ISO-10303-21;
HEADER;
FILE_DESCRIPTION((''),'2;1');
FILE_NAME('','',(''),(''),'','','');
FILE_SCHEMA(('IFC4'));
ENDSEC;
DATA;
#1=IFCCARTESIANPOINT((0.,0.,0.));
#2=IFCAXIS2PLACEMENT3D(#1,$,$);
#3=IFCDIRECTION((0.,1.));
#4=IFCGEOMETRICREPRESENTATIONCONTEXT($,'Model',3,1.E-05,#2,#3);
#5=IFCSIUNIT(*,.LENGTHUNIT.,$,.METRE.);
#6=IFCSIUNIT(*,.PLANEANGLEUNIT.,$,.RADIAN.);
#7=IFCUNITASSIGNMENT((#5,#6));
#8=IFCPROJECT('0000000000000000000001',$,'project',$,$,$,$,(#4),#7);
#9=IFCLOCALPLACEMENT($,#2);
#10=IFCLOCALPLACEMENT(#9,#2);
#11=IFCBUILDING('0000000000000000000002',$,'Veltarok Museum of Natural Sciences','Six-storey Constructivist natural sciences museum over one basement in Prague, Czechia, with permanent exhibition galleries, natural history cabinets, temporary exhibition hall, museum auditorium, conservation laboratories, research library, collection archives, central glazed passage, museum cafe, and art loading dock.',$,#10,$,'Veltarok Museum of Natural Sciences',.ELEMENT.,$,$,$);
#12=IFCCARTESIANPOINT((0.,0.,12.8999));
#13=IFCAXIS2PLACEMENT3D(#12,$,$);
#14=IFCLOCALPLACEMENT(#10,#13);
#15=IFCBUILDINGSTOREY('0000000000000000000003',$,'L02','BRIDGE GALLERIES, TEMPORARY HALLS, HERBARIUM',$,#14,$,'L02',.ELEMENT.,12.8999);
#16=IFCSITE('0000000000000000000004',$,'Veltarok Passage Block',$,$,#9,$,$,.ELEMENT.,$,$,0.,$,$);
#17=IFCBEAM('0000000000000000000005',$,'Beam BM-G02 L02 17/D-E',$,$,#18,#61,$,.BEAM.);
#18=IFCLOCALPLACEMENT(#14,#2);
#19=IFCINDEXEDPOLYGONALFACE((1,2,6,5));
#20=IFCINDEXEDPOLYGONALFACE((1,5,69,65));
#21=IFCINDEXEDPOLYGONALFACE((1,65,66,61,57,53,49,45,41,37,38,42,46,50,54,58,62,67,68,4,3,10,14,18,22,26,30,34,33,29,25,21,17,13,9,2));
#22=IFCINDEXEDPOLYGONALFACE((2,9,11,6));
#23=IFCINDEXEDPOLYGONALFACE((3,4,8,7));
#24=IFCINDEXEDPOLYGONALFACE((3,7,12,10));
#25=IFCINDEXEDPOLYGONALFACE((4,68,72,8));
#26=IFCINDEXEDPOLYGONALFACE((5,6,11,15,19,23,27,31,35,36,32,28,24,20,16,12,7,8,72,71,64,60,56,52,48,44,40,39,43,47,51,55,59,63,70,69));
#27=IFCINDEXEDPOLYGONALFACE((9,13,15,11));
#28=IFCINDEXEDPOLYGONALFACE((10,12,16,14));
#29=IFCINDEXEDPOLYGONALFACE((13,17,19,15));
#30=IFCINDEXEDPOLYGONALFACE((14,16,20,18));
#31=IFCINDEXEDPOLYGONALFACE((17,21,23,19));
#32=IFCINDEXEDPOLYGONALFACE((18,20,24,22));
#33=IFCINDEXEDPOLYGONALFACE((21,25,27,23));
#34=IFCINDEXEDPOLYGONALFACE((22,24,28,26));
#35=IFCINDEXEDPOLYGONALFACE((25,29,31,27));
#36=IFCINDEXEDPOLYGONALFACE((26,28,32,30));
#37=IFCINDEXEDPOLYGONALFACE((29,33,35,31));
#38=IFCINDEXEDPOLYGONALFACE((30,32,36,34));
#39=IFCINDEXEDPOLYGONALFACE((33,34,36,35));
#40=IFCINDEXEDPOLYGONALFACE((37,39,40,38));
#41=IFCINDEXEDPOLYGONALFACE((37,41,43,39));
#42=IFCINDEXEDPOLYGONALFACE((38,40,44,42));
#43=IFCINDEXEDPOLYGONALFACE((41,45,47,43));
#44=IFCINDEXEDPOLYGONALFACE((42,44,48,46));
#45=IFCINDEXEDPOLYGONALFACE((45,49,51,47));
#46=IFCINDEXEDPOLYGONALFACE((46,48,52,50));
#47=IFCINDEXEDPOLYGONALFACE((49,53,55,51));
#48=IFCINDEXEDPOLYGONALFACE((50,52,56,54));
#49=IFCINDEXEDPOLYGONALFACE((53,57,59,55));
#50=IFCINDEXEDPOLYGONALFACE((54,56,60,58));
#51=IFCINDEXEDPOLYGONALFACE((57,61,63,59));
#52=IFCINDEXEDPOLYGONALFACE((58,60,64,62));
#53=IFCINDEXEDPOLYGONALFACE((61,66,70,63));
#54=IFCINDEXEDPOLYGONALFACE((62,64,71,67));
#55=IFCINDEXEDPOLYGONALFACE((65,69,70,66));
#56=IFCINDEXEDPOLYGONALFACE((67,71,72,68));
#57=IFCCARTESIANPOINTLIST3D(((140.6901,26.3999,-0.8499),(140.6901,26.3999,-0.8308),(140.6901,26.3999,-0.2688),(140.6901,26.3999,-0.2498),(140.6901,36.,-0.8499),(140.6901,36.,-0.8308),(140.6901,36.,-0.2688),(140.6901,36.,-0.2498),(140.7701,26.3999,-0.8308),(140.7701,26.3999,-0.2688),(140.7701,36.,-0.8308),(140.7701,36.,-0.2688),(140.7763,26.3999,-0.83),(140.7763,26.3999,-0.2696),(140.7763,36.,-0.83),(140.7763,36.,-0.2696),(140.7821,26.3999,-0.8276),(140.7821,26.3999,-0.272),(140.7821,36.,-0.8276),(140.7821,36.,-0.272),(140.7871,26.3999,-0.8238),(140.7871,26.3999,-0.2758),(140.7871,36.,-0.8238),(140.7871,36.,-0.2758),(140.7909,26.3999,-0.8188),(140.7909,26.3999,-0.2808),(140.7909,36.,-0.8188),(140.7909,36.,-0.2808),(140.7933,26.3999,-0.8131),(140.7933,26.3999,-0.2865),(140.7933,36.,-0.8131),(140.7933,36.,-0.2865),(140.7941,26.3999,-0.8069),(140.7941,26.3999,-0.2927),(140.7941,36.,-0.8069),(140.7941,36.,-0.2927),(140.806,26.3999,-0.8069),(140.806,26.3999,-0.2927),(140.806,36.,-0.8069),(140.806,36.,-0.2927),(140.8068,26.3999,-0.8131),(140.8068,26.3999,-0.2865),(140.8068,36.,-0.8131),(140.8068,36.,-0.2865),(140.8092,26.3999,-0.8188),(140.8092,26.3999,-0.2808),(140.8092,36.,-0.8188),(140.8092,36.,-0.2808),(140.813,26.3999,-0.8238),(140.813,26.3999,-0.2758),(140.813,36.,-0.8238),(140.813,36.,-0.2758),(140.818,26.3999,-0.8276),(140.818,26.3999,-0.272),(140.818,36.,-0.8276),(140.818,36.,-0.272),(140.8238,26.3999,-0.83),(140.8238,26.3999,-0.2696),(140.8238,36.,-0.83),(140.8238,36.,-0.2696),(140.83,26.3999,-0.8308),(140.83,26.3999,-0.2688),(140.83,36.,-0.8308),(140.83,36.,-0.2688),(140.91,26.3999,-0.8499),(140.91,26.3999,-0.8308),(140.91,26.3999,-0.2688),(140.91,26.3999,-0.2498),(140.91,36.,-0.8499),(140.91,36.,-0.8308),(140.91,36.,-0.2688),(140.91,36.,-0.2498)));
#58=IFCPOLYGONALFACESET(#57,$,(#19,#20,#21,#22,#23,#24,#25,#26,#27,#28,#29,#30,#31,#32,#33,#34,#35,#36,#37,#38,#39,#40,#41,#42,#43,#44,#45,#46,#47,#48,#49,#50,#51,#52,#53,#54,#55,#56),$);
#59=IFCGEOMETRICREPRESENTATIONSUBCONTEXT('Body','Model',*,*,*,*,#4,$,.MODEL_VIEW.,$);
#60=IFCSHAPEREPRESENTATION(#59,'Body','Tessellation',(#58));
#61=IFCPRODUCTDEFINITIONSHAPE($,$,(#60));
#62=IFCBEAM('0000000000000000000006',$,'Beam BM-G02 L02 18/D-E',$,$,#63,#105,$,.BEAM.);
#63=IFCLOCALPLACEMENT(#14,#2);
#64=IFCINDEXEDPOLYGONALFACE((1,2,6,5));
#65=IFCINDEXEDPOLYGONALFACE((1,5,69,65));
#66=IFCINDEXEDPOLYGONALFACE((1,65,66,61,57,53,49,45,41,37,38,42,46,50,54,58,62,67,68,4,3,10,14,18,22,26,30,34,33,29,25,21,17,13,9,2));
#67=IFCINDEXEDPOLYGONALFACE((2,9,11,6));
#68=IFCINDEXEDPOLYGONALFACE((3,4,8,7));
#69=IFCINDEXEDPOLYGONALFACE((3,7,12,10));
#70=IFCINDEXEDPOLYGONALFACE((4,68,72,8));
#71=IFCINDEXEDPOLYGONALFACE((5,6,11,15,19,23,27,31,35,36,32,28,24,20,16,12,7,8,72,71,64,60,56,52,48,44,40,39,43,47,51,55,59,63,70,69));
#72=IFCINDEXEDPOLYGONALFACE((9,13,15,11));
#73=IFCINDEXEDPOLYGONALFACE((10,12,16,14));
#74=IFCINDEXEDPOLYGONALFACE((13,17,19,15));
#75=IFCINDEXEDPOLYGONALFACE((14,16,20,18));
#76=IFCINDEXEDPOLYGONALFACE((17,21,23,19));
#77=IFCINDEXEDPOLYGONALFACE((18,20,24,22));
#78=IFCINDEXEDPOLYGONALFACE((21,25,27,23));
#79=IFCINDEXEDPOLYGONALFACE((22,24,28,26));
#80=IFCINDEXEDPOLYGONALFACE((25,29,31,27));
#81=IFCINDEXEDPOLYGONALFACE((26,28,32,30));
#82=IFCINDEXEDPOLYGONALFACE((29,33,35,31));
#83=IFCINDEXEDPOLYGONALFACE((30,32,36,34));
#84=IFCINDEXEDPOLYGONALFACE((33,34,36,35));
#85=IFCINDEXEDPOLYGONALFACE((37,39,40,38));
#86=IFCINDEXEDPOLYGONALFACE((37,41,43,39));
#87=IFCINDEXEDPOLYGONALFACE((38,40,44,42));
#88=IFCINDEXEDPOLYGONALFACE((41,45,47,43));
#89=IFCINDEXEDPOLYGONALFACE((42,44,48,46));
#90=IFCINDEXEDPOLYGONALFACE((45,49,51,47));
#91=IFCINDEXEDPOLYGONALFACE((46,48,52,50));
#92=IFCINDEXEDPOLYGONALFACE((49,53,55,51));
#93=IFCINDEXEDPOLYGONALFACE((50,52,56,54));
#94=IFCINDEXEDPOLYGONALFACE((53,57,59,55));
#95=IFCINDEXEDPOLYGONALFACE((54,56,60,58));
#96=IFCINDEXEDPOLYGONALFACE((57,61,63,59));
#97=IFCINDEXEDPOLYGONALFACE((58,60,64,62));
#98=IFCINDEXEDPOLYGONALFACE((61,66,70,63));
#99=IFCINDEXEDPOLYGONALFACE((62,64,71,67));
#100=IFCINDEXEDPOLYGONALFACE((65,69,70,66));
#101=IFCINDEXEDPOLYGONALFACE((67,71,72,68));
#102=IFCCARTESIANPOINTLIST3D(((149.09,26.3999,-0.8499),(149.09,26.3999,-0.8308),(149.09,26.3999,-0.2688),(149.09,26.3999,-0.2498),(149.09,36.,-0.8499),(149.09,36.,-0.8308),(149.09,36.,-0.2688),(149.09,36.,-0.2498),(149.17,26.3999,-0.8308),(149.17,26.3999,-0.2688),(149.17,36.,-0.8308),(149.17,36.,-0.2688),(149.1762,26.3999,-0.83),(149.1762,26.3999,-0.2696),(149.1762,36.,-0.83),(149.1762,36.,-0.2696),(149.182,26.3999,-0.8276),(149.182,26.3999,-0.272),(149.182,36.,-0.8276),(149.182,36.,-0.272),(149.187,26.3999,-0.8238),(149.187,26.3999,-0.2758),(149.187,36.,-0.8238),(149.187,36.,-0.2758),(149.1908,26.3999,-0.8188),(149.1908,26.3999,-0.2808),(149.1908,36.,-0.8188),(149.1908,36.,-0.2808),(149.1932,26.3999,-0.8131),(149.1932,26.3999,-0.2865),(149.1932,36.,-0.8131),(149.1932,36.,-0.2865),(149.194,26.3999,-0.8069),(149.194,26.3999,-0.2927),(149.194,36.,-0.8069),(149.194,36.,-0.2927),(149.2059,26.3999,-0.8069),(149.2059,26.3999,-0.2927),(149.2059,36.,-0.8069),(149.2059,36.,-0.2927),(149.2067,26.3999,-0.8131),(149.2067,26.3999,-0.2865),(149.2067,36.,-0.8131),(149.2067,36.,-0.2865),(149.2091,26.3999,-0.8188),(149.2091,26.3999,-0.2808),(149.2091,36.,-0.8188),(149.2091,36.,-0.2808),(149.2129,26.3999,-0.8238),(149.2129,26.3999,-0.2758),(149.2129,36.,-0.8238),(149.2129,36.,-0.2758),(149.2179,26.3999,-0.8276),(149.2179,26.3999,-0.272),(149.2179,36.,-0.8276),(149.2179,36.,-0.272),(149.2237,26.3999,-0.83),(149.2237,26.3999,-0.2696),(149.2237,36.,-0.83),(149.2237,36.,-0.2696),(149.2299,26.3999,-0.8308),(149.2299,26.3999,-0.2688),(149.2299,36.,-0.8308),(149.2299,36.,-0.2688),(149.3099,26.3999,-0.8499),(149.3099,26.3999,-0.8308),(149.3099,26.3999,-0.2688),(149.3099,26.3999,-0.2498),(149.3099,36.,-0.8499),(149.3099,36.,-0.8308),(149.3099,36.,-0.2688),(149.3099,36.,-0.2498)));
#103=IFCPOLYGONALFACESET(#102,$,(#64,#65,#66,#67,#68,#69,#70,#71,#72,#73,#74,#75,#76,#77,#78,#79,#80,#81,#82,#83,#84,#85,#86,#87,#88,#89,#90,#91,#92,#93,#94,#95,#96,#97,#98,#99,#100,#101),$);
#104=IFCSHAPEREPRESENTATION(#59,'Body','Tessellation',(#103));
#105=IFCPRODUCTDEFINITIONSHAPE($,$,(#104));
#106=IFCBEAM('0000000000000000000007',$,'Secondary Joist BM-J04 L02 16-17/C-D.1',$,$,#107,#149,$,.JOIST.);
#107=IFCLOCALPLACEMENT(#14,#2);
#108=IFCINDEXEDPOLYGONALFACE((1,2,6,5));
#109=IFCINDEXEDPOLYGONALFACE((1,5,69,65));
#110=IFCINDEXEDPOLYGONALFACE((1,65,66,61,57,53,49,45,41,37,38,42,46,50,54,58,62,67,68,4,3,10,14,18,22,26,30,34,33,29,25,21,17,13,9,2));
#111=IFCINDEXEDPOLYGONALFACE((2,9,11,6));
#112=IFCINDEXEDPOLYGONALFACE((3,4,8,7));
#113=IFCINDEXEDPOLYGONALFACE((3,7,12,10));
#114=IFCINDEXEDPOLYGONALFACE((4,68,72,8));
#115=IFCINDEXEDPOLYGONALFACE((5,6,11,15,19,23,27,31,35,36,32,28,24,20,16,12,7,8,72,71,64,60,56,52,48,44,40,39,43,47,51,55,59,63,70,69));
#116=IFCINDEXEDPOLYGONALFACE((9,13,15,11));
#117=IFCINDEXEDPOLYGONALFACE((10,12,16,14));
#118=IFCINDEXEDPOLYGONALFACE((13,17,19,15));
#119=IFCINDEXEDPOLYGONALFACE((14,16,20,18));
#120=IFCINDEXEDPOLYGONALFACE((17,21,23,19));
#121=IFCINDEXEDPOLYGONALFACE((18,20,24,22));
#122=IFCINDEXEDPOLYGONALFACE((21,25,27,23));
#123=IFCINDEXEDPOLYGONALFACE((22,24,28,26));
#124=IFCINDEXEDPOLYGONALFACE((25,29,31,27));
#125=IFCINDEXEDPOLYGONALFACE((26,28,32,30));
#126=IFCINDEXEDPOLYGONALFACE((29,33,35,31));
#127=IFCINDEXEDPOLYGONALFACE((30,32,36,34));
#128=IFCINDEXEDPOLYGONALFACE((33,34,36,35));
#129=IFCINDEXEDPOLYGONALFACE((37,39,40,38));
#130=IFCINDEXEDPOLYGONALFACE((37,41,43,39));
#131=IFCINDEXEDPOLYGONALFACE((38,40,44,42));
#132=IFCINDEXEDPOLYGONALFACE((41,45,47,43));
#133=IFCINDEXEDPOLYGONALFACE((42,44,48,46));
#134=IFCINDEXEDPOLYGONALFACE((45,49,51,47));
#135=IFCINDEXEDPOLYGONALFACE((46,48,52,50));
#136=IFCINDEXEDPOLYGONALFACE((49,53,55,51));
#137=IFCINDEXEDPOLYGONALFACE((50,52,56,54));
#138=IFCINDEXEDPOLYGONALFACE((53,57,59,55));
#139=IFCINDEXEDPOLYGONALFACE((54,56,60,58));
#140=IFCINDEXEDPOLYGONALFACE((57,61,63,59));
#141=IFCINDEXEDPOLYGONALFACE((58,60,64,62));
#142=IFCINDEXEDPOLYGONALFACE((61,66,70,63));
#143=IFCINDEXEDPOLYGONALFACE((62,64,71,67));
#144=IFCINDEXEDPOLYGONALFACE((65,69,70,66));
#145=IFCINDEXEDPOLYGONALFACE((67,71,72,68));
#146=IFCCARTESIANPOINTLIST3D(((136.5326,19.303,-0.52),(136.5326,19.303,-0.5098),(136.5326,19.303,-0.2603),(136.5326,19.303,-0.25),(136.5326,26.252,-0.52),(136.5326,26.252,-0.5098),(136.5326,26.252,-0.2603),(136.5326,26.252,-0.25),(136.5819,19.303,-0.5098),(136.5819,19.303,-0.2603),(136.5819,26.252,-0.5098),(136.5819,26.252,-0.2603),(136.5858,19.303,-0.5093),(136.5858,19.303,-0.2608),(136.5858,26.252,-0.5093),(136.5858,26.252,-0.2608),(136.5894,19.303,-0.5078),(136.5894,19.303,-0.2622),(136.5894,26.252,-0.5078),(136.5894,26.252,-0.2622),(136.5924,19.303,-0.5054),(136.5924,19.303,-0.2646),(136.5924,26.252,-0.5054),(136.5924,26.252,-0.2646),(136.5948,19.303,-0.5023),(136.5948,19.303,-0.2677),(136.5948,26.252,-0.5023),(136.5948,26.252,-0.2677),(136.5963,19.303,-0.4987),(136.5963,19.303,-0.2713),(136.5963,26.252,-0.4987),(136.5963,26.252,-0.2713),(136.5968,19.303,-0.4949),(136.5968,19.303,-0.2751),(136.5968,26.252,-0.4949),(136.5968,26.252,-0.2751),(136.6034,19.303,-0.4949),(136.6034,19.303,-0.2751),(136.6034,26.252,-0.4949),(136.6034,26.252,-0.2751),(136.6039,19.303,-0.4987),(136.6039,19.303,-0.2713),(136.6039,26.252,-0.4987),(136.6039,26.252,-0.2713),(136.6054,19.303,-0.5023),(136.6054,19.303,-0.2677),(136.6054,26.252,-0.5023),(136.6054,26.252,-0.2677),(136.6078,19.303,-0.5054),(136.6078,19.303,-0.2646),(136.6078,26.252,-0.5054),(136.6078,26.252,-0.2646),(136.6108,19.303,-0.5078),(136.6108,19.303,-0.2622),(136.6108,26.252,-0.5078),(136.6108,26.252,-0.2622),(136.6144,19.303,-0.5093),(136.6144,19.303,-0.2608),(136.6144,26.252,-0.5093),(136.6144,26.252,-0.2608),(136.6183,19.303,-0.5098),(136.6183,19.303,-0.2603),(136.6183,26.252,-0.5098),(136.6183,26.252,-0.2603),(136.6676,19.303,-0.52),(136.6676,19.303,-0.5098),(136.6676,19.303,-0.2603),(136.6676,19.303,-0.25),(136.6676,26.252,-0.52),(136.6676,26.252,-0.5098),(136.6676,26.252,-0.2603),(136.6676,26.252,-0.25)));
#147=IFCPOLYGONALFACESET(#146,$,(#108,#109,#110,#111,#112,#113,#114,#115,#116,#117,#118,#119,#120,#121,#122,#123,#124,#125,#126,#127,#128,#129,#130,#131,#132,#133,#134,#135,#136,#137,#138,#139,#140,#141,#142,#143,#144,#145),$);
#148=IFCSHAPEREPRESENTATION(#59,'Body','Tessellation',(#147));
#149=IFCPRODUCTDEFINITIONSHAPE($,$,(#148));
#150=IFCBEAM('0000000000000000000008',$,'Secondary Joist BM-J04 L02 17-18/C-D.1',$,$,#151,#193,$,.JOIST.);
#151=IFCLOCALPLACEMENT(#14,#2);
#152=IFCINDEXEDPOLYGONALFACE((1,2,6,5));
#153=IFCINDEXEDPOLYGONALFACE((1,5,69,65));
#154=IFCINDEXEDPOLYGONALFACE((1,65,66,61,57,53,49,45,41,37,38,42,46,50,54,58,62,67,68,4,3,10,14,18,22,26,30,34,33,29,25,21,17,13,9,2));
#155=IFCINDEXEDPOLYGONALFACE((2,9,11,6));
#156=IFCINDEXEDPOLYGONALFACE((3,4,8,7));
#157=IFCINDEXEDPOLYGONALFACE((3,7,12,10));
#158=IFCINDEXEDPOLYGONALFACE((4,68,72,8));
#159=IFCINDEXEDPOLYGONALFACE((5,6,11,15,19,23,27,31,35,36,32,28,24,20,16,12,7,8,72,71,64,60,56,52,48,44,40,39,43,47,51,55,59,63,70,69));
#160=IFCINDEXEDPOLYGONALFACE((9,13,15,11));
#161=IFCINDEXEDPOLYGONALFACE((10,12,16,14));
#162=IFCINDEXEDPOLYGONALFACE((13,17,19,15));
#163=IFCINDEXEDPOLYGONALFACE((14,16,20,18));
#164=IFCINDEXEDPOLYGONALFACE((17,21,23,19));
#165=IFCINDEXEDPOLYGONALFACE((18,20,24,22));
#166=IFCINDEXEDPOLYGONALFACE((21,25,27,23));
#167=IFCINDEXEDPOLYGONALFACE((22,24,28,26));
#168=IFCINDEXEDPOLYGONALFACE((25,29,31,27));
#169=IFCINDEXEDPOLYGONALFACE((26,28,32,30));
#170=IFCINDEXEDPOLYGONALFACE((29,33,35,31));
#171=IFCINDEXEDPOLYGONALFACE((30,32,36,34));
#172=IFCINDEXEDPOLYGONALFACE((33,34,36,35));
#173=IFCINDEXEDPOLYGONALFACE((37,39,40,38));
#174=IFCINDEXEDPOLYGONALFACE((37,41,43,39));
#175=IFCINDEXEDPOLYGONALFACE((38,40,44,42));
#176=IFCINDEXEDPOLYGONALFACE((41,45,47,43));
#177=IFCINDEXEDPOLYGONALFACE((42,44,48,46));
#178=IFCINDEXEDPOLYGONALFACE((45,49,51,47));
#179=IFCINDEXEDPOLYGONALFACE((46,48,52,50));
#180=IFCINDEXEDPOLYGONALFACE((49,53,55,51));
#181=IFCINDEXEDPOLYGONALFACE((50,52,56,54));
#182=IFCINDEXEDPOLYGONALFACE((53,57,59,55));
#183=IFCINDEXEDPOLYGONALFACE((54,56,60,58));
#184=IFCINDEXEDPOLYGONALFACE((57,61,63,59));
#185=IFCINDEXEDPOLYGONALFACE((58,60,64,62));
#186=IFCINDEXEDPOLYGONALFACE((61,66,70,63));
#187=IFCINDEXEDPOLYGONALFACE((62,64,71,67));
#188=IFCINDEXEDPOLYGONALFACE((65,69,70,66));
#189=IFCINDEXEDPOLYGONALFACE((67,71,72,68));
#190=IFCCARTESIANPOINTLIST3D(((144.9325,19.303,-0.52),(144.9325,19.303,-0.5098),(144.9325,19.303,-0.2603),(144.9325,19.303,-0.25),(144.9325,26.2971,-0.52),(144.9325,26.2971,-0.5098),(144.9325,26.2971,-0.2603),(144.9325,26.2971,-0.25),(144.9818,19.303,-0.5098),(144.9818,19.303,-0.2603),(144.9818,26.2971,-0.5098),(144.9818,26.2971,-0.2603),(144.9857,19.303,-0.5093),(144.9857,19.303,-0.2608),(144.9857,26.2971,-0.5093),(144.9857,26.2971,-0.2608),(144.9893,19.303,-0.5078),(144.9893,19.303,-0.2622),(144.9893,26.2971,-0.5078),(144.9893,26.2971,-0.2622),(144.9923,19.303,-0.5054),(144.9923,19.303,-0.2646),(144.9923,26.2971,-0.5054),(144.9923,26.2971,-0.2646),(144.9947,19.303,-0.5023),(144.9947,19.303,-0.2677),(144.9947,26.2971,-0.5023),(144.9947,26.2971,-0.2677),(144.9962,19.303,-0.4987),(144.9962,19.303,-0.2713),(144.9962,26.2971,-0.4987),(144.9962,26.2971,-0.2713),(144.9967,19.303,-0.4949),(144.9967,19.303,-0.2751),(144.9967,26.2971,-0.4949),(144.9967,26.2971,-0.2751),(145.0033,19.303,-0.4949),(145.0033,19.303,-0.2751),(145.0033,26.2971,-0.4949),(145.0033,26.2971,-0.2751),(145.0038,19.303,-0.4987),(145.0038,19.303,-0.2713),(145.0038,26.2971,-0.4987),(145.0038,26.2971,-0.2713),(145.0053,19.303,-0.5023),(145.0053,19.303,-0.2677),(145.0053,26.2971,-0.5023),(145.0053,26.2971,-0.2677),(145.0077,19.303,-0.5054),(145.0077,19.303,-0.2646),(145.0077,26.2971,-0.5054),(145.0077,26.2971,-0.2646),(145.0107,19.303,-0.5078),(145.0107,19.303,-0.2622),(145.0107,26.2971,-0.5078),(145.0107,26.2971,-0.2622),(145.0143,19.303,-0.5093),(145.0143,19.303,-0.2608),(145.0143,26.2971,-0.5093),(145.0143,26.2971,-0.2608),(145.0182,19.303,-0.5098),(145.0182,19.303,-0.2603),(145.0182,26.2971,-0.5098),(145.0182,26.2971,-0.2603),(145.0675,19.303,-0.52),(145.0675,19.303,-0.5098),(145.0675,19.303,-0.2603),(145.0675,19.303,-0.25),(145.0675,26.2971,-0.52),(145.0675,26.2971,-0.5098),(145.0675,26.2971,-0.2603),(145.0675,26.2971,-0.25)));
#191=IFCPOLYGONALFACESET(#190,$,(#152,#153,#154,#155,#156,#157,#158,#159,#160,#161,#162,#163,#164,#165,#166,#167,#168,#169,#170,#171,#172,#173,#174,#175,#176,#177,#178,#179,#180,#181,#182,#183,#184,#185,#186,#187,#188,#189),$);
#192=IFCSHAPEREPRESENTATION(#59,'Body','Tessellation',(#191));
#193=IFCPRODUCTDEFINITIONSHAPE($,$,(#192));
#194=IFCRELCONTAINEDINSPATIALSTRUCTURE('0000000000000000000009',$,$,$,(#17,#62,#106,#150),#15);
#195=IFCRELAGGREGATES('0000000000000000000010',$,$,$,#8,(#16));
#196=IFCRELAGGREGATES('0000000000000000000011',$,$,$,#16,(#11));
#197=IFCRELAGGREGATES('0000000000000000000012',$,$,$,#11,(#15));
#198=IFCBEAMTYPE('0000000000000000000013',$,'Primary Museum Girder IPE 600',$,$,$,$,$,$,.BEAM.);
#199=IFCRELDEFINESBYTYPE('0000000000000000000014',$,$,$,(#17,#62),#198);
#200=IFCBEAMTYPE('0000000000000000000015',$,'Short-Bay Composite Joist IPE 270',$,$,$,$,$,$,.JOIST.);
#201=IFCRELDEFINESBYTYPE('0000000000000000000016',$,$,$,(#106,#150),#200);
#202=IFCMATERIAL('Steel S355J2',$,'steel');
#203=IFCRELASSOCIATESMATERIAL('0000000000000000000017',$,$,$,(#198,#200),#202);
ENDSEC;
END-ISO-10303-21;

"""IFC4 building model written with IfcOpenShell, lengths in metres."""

from ifc_helpers import new_model, si_unit, direction, frame, origin, origin_2d, place, context, subcontext, project, spatial, i_section, extrude, material, material_profile, profile_set, type_object, element, save


model = new_model("IFC4")

# Units and contexts
model_context = context("Model", 3, precision=1e-05, world=origin(), true_north=direction((0.0, 1.0)))
body_context = subcontext(model_context, "Body", "Model", "MODEL_VIEW")
ifc_project = project(units=[si_unit("LENGTHUNIT", "METRE"), si_unit("PLANEANGLEUNIT", "RADIAN")], contexts=[model_context])

# Site, building, storey
site_placement = place(None, origin())
site = spatial("IfcSite", under=ifc_project, at=site_placement, Name="Veltarok Passage Block", CompositionType="ELEMENT", RefElevation=0.0)
building_placement = place(site_placement, origin())
building = spatial("IfcBuilding", under=site, at=building_placement, Name="Veltarok Museum of Natural Sciences", Description="Six-storey Constructivist natural sciences museum over one basement in Prague, Czechia, with permanent exhibition galleries, natural history cabinets, temporary exhibition hall, museum auditorium, conservation laboratories, research library, collection archives, central glazed passage, museum cafe, and art loading dock.", LongName="Veltarok Museum of Natural Sciences", CompositionType="ELEMENT")
storey_placement = place(building_placement, frame((0.0, 0.0, 12.8999)))
storey = spatial("IfcBuildingStorey", under=building, at=storey_placement, Name="L02", Description="BRIDGE GALLERIES, TEMPORARY HALLS, HERBARIUM", LongName="L02", CompositionType="ELEMENT", Elevation=12.8999)

# Shared definitions
ifc_material_1 = material(Name="Steel S355J2", Category="steel")

# Beams
ifc_material_profile_1 = material_profile(ifc_material_1, i_section(OverallWidth=0.22, OverallDepth=0.6001, WebThickness=0.012, FlangeThickness=0.019, FilletRadius=0.0239, at=origin_2d()), Name="IPE 600")
ifc_profile_set_1 = profile_set([ifc_material_profile_1], Name="Steel S355J2")
beam_type_1 = type_object("IfcBeamType", Name="Primary Museum Girder IPE 600", PredefinedType="BEAM", material=ifc_profile_set_1)
for number, where, z_axis, x_axis, name in (
    (1, (140.8, 26.3999, -0.5498), (0.0, 1.0, 0.0), (-1.0, 0.0, 0.0), "Beam BM-G02 L02 17/D-E"),
    (2, (149.2, 26.3999, -0.5498), (0.0, 1.0, 0.0), (-1.0, 0.0, 0.0), "Beam BM-G02 L02 18/D-E"),
):
    element("IfcBeam", number, at=place(storey_placement, frame(where, z_axis=z_axis, x_axis=x_axis)), inside=storey, type_object=beam_type_1, Name=name, PredefinedType="BEAM", context=body_context, shape_type="SweptSolid", body=[
        extrude(i_section(OverallWidth=0.22, OverallDepth=0.6001, WebThickness=0.012, FlangeThickness=0.019, FilletRadius=0.0239, at=origin_2d()), origin(), (0.0, 0.0, 1.0), 9.6001),
    ])
ifc_material_profile_2 = material_profile(ifc_material_1, i_section(OverallWidth=0.135, OverallDepth=0.27, WebThickness=0.0066, FlangeThickness=0.0103, FilletRadius=0.0149, at=origin_2d()), Name="IPE 270")
ifc_profile_set_2 = profile_set([ifc_material_profile_2], Name="Steel S355J2")
beam_type_2 = type_object("IfcBeamType", Name="Short-Bay Composite Joist IPE 270", PredefinedType="JOIST", material=ifc_profile_set_2)
beam_1_placement = place(storey_placement, frame((136.6001, 19.303, -0.385), z_axis=(0.0, 1.0, 0.0), x_axis=(-1.0, 0.0, 0.0)))
element("IfcBeam", 3, at=beam_1_placement, inside=storey, type_object=beam_type_2, Name="Secondary Joist BM-J04 L02 16-17/C-D.1", PredefinedType="JOIST", context=body_context, shape_type="SweptSolid", body=[
    extrude(i_section(OverallWidth=0.135, OverallDepth=0.27, WebThickness=0.0066, FlangeThickness=0.0103, FilletRadius=0.0149, at=origin_2d()), origin(), (0.0, 0.0, 1.0), 6.949),
])
beam_2_placement = place(storey_placement, frame((145.0, 19.303, -0.385), z_axis=(0.0, 1.0, 0.0), x_axis=(-1.0, 0.0, 0.0)))
element("IfcBeam", 4, at=beam_2_placement, inside=storey, type_object=beam_type_2, Name="Secondary Joist BM-J04 L02 17-18/C-D.1", PredefinedType="JOIST", context=body_context, shape_type="SweptSolid", body=[
    extrude(i_section(OverallWidth=0.135, OverallDepth=0.27, WebThickness=0.0066, FlangeThickness=0.0103, FilletRadius=0.0149, at=origin_2d()), origin(), (0.0, 0.0, 1.0), 6.9941),
])

save(model, "model.ifc")
